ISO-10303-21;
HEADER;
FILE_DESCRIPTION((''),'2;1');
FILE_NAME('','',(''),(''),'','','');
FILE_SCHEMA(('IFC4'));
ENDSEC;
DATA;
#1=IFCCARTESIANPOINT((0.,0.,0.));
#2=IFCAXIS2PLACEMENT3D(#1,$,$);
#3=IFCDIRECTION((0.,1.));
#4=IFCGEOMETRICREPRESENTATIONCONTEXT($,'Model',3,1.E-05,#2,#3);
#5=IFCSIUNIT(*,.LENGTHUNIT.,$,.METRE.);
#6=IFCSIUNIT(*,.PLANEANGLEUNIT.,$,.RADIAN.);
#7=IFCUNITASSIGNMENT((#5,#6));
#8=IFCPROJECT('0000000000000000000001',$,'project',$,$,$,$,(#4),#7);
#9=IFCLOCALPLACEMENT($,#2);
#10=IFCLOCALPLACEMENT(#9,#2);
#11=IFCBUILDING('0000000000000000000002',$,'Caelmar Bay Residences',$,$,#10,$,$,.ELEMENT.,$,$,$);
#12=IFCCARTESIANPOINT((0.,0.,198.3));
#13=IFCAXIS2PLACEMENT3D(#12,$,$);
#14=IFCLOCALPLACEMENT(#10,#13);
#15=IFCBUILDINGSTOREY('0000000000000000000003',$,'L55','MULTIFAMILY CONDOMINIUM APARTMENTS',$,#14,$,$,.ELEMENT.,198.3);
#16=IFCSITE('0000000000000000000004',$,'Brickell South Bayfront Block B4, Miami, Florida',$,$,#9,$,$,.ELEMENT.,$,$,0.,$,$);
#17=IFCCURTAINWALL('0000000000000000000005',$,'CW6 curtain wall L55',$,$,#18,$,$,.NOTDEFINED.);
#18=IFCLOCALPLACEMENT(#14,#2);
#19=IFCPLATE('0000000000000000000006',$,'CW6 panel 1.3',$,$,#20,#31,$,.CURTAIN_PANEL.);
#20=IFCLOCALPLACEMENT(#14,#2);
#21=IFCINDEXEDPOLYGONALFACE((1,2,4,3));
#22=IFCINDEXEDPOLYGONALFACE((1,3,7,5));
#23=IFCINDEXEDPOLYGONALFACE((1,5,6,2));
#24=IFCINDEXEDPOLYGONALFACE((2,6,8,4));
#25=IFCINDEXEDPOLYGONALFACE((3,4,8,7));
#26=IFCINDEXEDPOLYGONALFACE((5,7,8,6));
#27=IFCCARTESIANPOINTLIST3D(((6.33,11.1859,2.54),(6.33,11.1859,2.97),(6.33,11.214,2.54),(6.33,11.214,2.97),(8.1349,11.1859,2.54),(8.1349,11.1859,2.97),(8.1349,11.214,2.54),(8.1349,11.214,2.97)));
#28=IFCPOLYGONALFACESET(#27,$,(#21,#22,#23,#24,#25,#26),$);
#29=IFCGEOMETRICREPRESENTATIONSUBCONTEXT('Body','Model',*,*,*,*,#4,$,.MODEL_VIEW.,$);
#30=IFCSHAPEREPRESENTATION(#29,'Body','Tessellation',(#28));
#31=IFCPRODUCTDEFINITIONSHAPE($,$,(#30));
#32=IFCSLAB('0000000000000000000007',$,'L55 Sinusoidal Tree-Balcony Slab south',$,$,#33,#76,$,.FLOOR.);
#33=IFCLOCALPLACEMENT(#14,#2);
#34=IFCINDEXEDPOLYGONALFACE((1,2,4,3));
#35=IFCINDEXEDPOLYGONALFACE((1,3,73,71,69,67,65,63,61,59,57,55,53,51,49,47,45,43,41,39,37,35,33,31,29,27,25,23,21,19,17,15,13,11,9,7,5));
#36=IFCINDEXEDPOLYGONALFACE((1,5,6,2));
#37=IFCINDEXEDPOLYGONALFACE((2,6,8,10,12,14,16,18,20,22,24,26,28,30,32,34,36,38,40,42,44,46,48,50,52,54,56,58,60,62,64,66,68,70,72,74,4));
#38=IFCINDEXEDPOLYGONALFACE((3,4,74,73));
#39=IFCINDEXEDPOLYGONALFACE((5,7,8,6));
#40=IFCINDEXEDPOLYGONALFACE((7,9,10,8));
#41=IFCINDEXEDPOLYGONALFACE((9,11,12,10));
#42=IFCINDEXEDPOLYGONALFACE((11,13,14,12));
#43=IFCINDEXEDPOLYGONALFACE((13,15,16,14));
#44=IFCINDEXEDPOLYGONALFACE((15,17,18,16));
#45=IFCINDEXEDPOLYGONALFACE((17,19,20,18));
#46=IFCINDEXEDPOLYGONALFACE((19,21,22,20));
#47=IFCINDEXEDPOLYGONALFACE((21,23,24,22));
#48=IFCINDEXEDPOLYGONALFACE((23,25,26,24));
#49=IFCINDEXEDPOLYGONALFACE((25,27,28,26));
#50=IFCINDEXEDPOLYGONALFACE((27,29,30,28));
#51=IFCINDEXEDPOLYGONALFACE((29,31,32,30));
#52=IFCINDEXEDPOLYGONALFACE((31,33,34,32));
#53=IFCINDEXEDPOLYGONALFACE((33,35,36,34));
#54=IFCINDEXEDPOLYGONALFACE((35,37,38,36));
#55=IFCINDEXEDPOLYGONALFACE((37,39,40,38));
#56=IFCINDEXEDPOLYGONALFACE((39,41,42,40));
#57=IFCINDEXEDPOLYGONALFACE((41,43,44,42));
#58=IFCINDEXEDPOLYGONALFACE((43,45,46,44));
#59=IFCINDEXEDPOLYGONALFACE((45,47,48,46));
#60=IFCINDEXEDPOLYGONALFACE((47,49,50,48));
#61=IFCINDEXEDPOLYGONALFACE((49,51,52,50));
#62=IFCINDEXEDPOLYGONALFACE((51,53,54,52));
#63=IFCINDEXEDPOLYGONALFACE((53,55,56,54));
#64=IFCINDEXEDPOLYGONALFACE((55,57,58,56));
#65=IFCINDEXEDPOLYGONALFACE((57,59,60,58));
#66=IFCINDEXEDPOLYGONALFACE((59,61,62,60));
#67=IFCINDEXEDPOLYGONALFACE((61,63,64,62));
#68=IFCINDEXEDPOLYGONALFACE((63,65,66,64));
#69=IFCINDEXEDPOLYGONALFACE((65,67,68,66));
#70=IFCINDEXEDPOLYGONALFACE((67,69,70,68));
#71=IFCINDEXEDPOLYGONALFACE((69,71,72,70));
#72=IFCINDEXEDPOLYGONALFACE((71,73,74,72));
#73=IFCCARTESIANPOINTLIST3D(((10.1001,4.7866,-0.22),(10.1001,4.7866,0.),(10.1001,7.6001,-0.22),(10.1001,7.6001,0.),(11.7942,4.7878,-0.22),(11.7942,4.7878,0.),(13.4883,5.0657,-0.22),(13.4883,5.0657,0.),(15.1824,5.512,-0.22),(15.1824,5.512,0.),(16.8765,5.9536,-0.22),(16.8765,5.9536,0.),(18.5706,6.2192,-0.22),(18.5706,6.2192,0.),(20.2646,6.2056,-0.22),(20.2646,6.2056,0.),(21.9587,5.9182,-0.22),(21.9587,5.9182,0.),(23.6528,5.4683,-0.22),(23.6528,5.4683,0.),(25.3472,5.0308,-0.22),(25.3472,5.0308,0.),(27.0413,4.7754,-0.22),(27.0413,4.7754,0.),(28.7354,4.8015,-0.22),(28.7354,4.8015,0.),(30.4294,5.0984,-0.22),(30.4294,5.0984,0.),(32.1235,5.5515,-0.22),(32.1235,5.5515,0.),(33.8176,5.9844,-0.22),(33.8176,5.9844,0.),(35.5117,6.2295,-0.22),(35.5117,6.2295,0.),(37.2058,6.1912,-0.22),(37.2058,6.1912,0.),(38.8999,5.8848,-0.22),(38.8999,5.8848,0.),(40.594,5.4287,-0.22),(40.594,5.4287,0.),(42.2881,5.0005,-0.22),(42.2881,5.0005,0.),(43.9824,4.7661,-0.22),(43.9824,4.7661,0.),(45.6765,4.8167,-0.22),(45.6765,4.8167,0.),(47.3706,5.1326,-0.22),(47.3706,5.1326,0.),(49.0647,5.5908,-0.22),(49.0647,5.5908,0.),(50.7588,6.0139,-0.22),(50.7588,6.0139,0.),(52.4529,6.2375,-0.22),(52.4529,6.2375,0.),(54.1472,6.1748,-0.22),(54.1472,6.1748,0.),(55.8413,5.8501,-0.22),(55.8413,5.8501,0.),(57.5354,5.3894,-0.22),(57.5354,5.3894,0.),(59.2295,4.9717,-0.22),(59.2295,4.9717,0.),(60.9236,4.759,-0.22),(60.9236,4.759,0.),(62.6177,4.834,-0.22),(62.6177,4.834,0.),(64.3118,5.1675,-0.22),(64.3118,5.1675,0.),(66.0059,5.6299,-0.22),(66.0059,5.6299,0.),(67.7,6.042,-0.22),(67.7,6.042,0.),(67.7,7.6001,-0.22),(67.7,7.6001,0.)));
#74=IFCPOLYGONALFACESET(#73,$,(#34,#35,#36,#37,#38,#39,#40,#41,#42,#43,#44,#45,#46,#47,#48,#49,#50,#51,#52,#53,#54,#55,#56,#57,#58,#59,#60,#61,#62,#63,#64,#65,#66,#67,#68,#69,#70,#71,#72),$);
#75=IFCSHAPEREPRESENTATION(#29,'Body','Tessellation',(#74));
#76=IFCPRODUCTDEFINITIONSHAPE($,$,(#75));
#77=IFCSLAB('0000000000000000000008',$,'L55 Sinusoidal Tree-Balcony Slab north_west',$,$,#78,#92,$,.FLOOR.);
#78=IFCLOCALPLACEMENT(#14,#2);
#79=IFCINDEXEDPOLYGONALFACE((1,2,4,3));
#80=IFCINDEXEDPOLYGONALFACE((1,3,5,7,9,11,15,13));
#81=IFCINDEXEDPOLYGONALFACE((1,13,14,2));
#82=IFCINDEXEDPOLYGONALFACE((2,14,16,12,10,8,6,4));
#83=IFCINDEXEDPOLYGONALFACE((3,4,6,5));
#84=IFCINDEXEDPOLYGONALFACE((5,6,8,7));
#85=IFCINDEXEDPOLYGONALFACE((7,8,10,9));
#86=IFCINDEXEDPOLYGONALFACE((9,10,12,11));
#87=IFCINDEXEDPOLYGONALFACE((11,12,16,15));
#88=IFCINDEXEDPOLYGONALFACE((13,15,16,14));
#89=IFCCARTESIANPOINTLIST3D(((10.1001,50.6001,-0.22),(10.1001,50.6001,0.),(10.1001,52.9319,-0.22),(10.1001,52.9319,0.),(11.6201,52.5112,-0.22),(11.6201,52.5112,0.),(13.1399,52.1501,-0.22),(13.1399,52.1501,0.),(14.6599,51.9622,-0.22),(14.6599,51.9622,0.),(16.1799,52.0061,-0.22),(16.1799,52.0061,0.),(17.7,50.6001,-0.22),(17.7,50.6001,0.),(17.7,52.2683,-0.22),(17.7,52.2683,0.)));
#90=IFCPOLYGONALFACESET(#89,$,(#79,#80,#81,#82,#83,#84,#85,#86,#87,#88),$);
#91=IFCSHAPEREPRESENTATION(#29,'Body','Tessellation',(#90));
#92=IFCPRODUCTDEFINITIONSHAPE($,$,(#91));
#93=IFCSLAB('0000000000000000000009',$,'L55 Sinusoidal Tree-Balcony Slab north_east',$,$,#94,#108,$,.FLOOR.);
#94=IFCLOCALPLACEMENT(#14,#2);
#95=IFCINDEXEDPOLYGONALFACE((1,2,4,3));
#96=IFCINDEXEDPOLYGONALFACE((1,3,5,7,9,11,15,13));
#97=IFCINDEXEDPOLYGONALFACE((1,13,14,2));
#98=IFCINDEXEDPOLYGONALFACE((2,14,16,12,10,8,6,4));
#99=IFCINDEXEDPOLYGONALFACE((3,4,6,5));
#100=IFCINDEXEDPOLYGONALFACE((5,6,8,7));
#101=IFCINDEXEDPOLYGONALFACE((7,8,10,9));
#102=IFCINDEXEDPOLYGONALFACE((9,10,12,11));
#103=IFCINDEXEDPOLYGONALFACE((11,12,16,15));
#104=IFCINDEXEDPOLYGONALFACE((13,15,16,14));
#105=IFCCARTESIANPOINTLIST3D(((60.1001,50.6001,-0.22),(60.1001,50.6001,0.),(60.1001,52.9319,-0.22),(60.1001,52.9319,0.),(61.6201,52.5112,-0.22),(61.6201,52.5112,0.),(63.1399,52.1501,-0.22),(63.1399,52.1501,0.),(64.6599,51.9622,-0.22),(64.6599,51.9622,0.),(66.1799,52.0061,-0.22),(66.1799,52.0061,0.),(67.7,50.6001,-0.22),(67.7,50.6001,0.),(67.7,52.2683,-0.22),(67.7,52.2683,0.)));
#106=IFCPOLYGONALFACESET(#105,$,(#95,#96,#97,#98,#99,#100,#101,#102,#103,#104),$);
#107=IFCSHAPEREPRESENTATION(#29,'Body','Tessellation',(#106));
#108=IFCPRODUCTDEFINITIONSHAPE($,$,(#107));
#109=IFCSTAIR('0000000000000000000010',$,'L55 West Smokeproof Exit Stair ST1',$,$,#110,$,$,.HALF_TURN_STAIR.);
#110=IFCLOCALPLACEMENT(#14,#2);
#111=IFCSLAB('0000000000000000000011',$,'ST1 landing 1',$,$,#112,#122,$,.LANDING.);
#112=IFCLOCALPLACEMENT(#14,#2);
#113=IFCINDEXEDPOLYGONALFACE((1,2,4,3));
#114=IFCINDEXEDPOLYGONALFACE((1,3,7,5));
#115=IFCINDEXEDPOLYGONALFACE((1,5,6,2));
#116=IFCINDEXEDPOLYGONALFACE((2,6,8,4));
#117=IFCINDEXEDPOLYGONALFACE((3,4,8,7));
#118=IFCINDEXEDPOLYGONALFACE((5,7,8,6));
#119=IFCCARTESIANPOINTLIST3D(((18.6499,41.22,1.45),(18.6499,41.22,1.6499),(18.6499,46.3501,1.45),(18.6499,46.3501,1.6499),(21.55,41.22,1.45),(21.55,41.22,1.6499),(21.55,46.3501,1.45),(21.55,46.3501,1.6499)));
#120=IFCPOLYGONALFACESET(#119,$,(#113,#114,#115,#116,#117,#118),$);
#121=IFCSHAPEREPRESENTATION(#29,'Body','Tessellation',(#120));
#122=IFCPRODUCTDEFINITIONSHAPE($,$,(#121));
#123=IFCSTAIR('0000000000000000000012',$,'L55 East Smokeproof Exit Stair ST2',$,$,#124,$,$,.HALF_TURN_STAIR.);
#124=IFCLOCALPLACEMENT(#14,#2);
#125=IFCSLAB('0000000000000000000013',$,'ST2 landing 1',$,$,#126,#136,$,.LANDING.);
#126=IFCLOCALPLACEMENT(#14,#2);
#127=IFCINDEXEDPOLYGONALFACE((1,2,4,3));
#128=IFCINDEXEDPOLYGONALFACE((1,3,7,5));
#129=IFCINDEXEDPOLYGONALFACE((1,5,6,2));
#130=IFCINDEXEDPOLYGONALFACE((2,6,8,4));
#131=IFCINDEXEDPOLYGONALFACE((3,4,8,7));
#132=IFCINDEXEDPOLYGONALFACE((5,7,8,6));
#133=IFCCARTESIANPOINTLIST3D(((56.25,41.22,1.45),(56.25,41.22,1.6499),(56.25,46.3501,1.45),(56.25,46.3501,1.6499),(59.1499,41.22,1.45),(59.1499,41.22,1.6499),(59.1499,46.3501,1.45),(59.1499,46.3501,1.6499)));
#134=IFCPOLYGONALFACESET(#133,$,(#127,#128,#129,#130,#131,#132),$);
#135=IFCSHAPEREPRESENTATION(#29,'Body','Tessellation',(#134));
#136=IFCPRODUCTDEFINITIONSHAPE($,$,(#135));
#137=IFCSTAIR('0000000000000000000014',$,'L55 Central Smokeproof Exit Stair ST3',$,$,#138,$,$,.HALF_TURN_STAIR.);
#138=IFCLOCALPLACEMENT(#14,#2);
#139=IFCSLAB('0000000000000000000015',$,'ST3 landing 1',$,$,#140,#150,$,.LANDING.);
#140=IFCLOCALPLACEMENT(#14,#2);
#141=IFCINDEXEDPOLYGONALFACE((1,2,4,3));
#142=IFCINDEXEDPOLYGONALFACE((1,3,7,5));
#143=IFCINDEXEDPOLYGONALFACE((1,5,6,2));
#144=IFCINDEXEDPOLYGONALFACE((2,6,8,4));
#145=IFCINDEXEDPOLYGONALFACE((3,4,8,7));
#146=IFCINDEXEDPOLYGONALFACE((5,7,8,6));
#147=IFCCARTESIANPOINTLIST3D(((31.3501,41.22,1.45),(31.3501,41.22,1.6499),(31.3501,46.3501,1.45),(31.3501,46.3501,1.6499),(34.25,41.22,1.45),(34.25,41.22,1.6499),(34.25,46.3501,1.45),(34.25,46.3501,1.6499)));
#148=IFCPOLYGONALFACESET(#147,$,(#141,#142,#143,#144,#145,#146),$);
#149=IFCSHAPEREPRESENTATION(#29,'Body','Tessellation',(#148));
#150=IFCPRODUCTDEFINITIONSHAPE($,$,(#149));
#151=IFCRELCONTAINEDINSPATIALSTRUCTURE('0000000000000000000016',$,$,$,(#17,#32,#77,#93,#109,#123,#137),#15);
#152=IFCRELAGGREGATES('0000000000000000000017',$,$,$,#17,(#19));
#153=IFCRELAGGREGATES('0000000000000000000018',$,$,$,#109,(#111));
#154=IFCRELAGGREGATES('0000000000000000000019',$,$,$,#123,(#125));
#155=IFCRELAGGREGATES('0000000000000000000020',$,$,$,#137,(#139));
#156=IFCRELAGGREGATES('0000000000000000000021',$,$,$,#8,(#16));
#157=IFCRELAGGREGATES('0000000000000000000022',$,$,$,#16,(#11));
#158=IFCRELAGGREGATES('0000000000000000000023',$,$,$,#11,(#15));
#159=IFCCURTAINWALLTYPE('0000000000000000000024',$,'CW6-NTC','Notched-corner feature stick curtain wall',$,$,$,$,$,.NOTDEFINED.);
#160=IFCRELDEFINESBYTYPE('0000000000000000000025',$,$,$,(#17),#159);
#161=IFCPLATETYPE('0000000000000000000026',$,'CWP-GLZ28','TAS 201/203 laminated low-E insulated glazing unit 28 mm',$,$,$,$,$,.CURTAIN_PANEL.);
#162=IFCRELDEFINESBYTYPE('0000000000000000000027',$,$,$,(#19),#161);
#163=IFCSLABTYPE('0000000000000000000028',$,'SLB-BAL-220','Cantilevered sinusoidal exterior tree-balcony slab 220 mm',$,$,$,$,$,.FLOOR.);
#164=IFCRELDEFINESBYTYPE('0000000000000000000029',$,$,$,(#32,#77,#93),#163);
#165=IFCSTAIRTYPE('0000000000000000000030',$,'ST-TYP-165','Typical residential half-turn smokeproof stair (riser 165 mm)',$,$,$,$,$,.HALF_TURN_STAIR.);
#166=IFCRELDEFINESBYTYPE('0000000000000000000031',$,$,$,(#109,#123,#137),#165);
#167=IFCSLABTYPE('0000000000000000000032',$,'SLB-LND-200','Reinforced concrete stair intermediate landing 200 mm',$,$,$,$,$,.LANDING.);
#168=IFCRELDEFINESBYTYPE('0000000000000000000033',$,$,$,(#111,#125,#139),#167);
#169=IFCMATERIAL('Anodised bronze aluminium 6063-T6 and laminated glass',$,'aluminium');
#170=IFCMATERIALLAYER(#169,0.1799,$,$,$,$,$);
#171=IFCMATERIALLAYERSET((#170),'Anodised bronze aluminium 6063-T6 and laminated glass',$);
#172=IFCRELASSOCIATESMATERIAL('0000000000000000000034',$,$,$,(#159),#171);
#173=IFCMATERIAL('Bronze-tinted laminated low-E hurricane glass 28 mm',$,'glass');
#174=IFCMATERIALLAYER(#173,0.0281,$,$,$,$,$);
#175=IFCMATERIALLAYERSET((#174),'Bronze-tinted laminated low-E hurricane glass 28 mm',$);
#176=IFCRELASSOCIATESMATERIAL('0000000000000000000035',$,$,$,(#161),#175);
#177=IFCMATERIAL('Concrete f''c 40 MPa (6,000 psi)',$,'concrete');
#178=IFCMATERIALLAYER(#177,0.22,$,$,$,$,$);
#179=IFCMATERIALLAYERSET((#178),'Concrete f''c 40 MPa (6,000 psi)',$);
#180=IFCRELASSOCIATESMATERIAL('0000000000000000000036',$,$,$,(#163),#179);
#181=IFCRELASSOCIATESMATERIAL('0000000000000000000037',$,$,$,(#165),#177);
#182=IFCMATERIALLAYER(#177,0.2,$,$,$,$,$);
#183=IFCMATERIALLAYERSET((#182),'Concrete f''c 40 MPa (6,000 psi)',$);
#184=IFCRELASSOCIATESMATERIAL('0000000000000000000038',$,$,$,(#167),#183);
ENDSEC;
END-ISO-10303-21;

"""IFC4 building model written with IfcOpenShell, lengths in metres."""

from ifc_helpers import new_model, si_unit, direction, frame, origin, origin_2d, place, context, subcontext, project, spatial, polyline, rectangle, outline, extrude, material, layer, layer_set, type_object, element, aggregate, save


model = new_model("IFC4")

# Units and contexts
model_context = context("Model", 3, precision=1e-05, world=origin(), true_north=direction((0.0, 1.0)))
body_context = subcontext(model_context, "Body", "Model", "MODEL_VIEW")
ifc_project = project(units=[si_unit("LENGTHUNIT", "METRE"), si_unit("PLANEANGLEUNIT", "RADIAN")], contexts=[model_context])

# Site, building, storey
site_placement = place(None, origin())
site = spatial("IfcSite", under=ifc_project, at=site_placement, Name="Brickell South Bayfront Block B4, Miami, Florida", CompositionType="ELEMENT", RefElevation=0.0)
building_placement = place(site_placement, origin())
building = spatial("IfcBuilding", under=site, at=building_placement, Name="Caelmar Bay Residences", CompositionType="ELEMENT")
storey_placement = place(building_placement, frame((0.0, 0.0, 198.3)))
storey = spatial("IfcBuildingStorey", under=building, at=storey_placement, Name="L55", Description="MULTIFAMILY CONDOMINIUM APARTMENTS", CompositionType="ELEMENT", Elevation=198.3)

# Curtain wall
ifc_material_1 = material(Name="Anodised bronze aluminium 6063-T6 and laminated glass", Category="aluminium")
ifc_layer_1 = layer(ifc_material_1, 0.1799)
ifc_layer_set_1 = layer_set([ifc_layer_1], Name="Anodised bronze aluminium 6063-T6 and laminated glass")
curtain_wall_type_1 = type_object("IfcCurtainWallType", Name="CW6-NTC", Description="Notched-corner feature stick curtain wall", PredefinedType="NOTDEFINED", material=ifc_layer_set_1)
curtain_wall_1_placement = place(storey_placement, origin())
curtain_wall_1 = element("IfcCurtainWall", 1, at=curtain_wall_1_placement, inside=storey, type_object=curtain_wall_type_1, Name="CW6 curtain wall L55", PredefinedType="NOTDEFINED")

# Plate
ifc_material_2 = material(Name="Bronze-tinted laminated low-E hurricane glass 28 mm", Category="glass")
ifc_layer_2 = layer(ifc_material_2, 0.0281)
ifc_layer_set_2 = layer_set([ifc_layer_2], Name="Bronze-tinted laminated low-E hurricane glass 28 mm")
plate_type = type_object("IfcPlateType", Name="CWP-GLZ28", Description="TAS 201/203 laminated low-E insulated glazing unit 28 mm", PredefinedType="CURTAIN_PANEL", material=ifc_layer_set_2)
plate_1_placement = place(storey_placement, frame((7.2324, 11.2, 2.54), z_axis=(0.0, 0.0, 1.0), x_axis=(1.0, 0.0, 0.0)))
plate_1 = element("IfcPlate", 2, at=plate_1_placement, type_object=plate_type, Name="CW6 panel 1.3", PredefinedType="CURTAIN_PANEL", context=body_context, shape_type="SweptSolid", body=[
    extrude(rectangle(XDim=1.8049, YDim=0.0281, at=origin_2d()), origin(), (0.0, 0.0, 1.0), 0.4299),
])
aggregate(curtain_wall_1, [plate_1])

# Slabs
ifc_material_3 = material(Name="Concrete f'c 40 MPa (6,000 psi)", Category="concrete")
ifc_layer_3 = layer(ifc_material_3, 0.22)
ifc_layer_set_3 = layer_set([ifc_layer_3], Name="Concrete f'c 40 MPa (6,000 psi)")
slab_type_1 = type_object("IfcSlabType", Name="SLB-BAL-220", Description="Cantilevered sinusoidal exterior tree-balcony slab 220 mm", PredefinedType="FLOOR", material=ifc_layer_set_3)
slab_1_placement = place(storey_placement, frame((0.0, 0.0, -0.22)))
element("IfcSlab", 3, at=slab_1_placement, inside=storey, type_object=slab_type_1, Name="L55 Sinusoidal Tree-Balcony Slab south", PredefinedType="FLOOR", context=body_context, shape_type="SweptSolid", body=[
    extrude(outline(polyline([(10.1001, 4.7866), (11.7942, 4.7878), (13.4883, 5.0657), (15.1824, 5.512), (16.8765, 5.9536), (18.5706, 6.2192), (20.2646, 6.2056), (21.9587, 5.9182), (23.6528, 5.4683), (25.3472, 5.0308), (27.0413, 4.7754), (28.7354, 4.8015), (30.4294, 5.0984), (32.1235, 5.5515), (33.8176, 5.9844), (35.5117, 6.2295), (37.2058, 6.1912), (38.8999, 5.8848), (40.594, 5.4287), (42.2881, 5.0005), (43.9824, 4.7661), (45.6765, 4.8167), (47.3706, 5.1326), (49.0647, 5.5908), (50.7588, 6.0139), (52.4529, 6.2375), (54.1472, 6.1748), (55.8413, 5.8501), (57.5354, 5.3894), (59.2295, 4.9717), (60.9236, 4.759), (62.6177, 4.834), (64.3118, 5.1675), (66.0059, 5.6299), (67.7, 6.042), (67.7, 7.6001), (10.1001, 7.6001), (10.1001, 4.7866)])), origin(), (0.0, 0.0, 1.0), 0.22),
])
slab_2_placement = place(storey_placement, frame((0.0, 0.0, -0.22)))
element("IfcSlab", 4, at=slab_2_placement, inside=storey, type_object=slab_type_1, Name="L55 Sinusoidal Tree-Balcony Slab north_west", PredefinedType="FLOOR", context=body_context, shape_type="SweptSolid", body=[
    extrude(outline(polyline([(10.1001, 50.6001), (17.7, 50.6001), (17.7, 52.2683), (16.1799, 52.0061), (14.6599, 51.9622), (13.1399, 52.1501), (11.6201, 52.5112), (10.1001, 52.9319), (10.1001, 50.6001)])), origin(), (0.0, 0.0, 1.0), 0.22),
])
slab_3_placement = place(storey_placement, frame((0.0, 0.0, -0.22)))
element("IfcSlab", 5, at=slab_3_placement, inside=storey, type_object=slab_type_1, Name="L55 Sinusoidal Tree-Balcony Slab north_east", PredefinedType="FLOOR", context=body_context, shape_type="SweptSolid", body=[
    extrude(outline(polyline([(60.1001, 50.6001), (67.7, 50.6001), (67.7, 52.2683), (66.1799, 52.0061), (64.6599, 51.9622), (63.1399, 52.1501), (61.6201, 52.5112), (60.1001, 52.9319), (60.1001, 50.6001)])), origin(), (0.0, 0.0, 1.0), 0.22),
])

# Stairs, slabs
stair_type = type_object("IfcStairType", Name="ST-TYP-165", Description="Typical residential half-turn smokeproof stair (riser 165 mm)", PredefinedType="HALF_TURN_STAIR", material=ifc_material_3)
stair_1_placement = place(storey_placement, origin())
stair_1 = element("IfcStair", 6, at=stair_1_placement, inside=storey, type_object=stair_type, Name="L55 West Smokeproof Exit Stair ST1", PredefinedType="HALF_TURN_STAIR")
ifc_layer_4 = layer(ifc_material_3, 0.2)
ifc_layer_set_4 = layer_set([ifc_layer_4], Name="Concrete f'c 40 MPa (6,000 psi)")
slab_type_2 = type_object("IfcSlabType", Name="SLB-LND-200", Description="Reinforced concrete stair intermediate landing 200 mm", PredefinedType="LANDING", material=ifc_layer_set_4)
slab_4_placement = place(storey_placement, frame((0.0, 0.0, 1.45)))
slab_4 = element("IfcSlab", 7, at=slab_4_placement, type_object=slab_type_2, Name="ST1 landing 1", PredefinedType="LANDING", context=body_context, shape_type="SweptSolid", body=[
    extrude(outline(polyline([(21.55, 41.22), (21.55, 46.3501), (18.6499, 46.3501), (18.6499, 41.22), (21.55, 41.22)])), origin(), (0.0, 0.0, 1.0), 0.2),
])
aggregate(stair_1, [slab_4])
stair_2_placement = place(storey_placement, origin())
stair_2 = element("IfcStair", 8, at=stair_2_placement, inside=storey, type_object=stair_type, Name="L55 East Smokeproof Exit Stair ST2", PredefinedType="HALF_TURN_STAIR")
slab_5_placement = place(storey_placement, frame((0.0, 0.0, 1.45)))
slab_5 = element("IfcSlab", 9, at=slab_5_placement, type_object=slab_type_2, Name="ST2 landing 1", PredefinedType="LANDING", context=body_context, shape_type="SweptSolid", body=[
    extrude(outline(polyline([(59.1499, 41.22), (59.1499, 46.3501), (56.25, 46.3501), (56.25, 41.22), (59.1499, 41.22)])), origin(), (0.0, 0.0, 1.0), 0.2),
])
aggregate(stair_2, [slab_5])
stair_3_placement = place(storey_placement, origin())
stair_3 = element("IfcStair", 10, at=stair_3_placement, inside=storey, type_object=stair_type, Name="L55 Central Smokeproof Exit Stair ST3", PredefinedType="HALF_TURN_STAIR")
slab_6_placement = place(storey_placement, frame((0.0, 0.0, 1.45)))
slab_6 = element("IfcSlab", 11, at=slab_6_placement, type_object=slab_type_2, Name="ST3 landing 1", PredefinedType="LANDING", context=body_context, shape_type="SweptSolid", body=[
    extrude(outline(polyline([(34.25, 41.22), (34.25, 46.3501), (31.3501, 46.3501), (31.3501, 41.22), (34.25, 41.22)])), origin(), (0.0, 0.0, 1.0), 0.2),
])
aggregate(stair_3, [slab_6])

save(model, "model.ifc")
